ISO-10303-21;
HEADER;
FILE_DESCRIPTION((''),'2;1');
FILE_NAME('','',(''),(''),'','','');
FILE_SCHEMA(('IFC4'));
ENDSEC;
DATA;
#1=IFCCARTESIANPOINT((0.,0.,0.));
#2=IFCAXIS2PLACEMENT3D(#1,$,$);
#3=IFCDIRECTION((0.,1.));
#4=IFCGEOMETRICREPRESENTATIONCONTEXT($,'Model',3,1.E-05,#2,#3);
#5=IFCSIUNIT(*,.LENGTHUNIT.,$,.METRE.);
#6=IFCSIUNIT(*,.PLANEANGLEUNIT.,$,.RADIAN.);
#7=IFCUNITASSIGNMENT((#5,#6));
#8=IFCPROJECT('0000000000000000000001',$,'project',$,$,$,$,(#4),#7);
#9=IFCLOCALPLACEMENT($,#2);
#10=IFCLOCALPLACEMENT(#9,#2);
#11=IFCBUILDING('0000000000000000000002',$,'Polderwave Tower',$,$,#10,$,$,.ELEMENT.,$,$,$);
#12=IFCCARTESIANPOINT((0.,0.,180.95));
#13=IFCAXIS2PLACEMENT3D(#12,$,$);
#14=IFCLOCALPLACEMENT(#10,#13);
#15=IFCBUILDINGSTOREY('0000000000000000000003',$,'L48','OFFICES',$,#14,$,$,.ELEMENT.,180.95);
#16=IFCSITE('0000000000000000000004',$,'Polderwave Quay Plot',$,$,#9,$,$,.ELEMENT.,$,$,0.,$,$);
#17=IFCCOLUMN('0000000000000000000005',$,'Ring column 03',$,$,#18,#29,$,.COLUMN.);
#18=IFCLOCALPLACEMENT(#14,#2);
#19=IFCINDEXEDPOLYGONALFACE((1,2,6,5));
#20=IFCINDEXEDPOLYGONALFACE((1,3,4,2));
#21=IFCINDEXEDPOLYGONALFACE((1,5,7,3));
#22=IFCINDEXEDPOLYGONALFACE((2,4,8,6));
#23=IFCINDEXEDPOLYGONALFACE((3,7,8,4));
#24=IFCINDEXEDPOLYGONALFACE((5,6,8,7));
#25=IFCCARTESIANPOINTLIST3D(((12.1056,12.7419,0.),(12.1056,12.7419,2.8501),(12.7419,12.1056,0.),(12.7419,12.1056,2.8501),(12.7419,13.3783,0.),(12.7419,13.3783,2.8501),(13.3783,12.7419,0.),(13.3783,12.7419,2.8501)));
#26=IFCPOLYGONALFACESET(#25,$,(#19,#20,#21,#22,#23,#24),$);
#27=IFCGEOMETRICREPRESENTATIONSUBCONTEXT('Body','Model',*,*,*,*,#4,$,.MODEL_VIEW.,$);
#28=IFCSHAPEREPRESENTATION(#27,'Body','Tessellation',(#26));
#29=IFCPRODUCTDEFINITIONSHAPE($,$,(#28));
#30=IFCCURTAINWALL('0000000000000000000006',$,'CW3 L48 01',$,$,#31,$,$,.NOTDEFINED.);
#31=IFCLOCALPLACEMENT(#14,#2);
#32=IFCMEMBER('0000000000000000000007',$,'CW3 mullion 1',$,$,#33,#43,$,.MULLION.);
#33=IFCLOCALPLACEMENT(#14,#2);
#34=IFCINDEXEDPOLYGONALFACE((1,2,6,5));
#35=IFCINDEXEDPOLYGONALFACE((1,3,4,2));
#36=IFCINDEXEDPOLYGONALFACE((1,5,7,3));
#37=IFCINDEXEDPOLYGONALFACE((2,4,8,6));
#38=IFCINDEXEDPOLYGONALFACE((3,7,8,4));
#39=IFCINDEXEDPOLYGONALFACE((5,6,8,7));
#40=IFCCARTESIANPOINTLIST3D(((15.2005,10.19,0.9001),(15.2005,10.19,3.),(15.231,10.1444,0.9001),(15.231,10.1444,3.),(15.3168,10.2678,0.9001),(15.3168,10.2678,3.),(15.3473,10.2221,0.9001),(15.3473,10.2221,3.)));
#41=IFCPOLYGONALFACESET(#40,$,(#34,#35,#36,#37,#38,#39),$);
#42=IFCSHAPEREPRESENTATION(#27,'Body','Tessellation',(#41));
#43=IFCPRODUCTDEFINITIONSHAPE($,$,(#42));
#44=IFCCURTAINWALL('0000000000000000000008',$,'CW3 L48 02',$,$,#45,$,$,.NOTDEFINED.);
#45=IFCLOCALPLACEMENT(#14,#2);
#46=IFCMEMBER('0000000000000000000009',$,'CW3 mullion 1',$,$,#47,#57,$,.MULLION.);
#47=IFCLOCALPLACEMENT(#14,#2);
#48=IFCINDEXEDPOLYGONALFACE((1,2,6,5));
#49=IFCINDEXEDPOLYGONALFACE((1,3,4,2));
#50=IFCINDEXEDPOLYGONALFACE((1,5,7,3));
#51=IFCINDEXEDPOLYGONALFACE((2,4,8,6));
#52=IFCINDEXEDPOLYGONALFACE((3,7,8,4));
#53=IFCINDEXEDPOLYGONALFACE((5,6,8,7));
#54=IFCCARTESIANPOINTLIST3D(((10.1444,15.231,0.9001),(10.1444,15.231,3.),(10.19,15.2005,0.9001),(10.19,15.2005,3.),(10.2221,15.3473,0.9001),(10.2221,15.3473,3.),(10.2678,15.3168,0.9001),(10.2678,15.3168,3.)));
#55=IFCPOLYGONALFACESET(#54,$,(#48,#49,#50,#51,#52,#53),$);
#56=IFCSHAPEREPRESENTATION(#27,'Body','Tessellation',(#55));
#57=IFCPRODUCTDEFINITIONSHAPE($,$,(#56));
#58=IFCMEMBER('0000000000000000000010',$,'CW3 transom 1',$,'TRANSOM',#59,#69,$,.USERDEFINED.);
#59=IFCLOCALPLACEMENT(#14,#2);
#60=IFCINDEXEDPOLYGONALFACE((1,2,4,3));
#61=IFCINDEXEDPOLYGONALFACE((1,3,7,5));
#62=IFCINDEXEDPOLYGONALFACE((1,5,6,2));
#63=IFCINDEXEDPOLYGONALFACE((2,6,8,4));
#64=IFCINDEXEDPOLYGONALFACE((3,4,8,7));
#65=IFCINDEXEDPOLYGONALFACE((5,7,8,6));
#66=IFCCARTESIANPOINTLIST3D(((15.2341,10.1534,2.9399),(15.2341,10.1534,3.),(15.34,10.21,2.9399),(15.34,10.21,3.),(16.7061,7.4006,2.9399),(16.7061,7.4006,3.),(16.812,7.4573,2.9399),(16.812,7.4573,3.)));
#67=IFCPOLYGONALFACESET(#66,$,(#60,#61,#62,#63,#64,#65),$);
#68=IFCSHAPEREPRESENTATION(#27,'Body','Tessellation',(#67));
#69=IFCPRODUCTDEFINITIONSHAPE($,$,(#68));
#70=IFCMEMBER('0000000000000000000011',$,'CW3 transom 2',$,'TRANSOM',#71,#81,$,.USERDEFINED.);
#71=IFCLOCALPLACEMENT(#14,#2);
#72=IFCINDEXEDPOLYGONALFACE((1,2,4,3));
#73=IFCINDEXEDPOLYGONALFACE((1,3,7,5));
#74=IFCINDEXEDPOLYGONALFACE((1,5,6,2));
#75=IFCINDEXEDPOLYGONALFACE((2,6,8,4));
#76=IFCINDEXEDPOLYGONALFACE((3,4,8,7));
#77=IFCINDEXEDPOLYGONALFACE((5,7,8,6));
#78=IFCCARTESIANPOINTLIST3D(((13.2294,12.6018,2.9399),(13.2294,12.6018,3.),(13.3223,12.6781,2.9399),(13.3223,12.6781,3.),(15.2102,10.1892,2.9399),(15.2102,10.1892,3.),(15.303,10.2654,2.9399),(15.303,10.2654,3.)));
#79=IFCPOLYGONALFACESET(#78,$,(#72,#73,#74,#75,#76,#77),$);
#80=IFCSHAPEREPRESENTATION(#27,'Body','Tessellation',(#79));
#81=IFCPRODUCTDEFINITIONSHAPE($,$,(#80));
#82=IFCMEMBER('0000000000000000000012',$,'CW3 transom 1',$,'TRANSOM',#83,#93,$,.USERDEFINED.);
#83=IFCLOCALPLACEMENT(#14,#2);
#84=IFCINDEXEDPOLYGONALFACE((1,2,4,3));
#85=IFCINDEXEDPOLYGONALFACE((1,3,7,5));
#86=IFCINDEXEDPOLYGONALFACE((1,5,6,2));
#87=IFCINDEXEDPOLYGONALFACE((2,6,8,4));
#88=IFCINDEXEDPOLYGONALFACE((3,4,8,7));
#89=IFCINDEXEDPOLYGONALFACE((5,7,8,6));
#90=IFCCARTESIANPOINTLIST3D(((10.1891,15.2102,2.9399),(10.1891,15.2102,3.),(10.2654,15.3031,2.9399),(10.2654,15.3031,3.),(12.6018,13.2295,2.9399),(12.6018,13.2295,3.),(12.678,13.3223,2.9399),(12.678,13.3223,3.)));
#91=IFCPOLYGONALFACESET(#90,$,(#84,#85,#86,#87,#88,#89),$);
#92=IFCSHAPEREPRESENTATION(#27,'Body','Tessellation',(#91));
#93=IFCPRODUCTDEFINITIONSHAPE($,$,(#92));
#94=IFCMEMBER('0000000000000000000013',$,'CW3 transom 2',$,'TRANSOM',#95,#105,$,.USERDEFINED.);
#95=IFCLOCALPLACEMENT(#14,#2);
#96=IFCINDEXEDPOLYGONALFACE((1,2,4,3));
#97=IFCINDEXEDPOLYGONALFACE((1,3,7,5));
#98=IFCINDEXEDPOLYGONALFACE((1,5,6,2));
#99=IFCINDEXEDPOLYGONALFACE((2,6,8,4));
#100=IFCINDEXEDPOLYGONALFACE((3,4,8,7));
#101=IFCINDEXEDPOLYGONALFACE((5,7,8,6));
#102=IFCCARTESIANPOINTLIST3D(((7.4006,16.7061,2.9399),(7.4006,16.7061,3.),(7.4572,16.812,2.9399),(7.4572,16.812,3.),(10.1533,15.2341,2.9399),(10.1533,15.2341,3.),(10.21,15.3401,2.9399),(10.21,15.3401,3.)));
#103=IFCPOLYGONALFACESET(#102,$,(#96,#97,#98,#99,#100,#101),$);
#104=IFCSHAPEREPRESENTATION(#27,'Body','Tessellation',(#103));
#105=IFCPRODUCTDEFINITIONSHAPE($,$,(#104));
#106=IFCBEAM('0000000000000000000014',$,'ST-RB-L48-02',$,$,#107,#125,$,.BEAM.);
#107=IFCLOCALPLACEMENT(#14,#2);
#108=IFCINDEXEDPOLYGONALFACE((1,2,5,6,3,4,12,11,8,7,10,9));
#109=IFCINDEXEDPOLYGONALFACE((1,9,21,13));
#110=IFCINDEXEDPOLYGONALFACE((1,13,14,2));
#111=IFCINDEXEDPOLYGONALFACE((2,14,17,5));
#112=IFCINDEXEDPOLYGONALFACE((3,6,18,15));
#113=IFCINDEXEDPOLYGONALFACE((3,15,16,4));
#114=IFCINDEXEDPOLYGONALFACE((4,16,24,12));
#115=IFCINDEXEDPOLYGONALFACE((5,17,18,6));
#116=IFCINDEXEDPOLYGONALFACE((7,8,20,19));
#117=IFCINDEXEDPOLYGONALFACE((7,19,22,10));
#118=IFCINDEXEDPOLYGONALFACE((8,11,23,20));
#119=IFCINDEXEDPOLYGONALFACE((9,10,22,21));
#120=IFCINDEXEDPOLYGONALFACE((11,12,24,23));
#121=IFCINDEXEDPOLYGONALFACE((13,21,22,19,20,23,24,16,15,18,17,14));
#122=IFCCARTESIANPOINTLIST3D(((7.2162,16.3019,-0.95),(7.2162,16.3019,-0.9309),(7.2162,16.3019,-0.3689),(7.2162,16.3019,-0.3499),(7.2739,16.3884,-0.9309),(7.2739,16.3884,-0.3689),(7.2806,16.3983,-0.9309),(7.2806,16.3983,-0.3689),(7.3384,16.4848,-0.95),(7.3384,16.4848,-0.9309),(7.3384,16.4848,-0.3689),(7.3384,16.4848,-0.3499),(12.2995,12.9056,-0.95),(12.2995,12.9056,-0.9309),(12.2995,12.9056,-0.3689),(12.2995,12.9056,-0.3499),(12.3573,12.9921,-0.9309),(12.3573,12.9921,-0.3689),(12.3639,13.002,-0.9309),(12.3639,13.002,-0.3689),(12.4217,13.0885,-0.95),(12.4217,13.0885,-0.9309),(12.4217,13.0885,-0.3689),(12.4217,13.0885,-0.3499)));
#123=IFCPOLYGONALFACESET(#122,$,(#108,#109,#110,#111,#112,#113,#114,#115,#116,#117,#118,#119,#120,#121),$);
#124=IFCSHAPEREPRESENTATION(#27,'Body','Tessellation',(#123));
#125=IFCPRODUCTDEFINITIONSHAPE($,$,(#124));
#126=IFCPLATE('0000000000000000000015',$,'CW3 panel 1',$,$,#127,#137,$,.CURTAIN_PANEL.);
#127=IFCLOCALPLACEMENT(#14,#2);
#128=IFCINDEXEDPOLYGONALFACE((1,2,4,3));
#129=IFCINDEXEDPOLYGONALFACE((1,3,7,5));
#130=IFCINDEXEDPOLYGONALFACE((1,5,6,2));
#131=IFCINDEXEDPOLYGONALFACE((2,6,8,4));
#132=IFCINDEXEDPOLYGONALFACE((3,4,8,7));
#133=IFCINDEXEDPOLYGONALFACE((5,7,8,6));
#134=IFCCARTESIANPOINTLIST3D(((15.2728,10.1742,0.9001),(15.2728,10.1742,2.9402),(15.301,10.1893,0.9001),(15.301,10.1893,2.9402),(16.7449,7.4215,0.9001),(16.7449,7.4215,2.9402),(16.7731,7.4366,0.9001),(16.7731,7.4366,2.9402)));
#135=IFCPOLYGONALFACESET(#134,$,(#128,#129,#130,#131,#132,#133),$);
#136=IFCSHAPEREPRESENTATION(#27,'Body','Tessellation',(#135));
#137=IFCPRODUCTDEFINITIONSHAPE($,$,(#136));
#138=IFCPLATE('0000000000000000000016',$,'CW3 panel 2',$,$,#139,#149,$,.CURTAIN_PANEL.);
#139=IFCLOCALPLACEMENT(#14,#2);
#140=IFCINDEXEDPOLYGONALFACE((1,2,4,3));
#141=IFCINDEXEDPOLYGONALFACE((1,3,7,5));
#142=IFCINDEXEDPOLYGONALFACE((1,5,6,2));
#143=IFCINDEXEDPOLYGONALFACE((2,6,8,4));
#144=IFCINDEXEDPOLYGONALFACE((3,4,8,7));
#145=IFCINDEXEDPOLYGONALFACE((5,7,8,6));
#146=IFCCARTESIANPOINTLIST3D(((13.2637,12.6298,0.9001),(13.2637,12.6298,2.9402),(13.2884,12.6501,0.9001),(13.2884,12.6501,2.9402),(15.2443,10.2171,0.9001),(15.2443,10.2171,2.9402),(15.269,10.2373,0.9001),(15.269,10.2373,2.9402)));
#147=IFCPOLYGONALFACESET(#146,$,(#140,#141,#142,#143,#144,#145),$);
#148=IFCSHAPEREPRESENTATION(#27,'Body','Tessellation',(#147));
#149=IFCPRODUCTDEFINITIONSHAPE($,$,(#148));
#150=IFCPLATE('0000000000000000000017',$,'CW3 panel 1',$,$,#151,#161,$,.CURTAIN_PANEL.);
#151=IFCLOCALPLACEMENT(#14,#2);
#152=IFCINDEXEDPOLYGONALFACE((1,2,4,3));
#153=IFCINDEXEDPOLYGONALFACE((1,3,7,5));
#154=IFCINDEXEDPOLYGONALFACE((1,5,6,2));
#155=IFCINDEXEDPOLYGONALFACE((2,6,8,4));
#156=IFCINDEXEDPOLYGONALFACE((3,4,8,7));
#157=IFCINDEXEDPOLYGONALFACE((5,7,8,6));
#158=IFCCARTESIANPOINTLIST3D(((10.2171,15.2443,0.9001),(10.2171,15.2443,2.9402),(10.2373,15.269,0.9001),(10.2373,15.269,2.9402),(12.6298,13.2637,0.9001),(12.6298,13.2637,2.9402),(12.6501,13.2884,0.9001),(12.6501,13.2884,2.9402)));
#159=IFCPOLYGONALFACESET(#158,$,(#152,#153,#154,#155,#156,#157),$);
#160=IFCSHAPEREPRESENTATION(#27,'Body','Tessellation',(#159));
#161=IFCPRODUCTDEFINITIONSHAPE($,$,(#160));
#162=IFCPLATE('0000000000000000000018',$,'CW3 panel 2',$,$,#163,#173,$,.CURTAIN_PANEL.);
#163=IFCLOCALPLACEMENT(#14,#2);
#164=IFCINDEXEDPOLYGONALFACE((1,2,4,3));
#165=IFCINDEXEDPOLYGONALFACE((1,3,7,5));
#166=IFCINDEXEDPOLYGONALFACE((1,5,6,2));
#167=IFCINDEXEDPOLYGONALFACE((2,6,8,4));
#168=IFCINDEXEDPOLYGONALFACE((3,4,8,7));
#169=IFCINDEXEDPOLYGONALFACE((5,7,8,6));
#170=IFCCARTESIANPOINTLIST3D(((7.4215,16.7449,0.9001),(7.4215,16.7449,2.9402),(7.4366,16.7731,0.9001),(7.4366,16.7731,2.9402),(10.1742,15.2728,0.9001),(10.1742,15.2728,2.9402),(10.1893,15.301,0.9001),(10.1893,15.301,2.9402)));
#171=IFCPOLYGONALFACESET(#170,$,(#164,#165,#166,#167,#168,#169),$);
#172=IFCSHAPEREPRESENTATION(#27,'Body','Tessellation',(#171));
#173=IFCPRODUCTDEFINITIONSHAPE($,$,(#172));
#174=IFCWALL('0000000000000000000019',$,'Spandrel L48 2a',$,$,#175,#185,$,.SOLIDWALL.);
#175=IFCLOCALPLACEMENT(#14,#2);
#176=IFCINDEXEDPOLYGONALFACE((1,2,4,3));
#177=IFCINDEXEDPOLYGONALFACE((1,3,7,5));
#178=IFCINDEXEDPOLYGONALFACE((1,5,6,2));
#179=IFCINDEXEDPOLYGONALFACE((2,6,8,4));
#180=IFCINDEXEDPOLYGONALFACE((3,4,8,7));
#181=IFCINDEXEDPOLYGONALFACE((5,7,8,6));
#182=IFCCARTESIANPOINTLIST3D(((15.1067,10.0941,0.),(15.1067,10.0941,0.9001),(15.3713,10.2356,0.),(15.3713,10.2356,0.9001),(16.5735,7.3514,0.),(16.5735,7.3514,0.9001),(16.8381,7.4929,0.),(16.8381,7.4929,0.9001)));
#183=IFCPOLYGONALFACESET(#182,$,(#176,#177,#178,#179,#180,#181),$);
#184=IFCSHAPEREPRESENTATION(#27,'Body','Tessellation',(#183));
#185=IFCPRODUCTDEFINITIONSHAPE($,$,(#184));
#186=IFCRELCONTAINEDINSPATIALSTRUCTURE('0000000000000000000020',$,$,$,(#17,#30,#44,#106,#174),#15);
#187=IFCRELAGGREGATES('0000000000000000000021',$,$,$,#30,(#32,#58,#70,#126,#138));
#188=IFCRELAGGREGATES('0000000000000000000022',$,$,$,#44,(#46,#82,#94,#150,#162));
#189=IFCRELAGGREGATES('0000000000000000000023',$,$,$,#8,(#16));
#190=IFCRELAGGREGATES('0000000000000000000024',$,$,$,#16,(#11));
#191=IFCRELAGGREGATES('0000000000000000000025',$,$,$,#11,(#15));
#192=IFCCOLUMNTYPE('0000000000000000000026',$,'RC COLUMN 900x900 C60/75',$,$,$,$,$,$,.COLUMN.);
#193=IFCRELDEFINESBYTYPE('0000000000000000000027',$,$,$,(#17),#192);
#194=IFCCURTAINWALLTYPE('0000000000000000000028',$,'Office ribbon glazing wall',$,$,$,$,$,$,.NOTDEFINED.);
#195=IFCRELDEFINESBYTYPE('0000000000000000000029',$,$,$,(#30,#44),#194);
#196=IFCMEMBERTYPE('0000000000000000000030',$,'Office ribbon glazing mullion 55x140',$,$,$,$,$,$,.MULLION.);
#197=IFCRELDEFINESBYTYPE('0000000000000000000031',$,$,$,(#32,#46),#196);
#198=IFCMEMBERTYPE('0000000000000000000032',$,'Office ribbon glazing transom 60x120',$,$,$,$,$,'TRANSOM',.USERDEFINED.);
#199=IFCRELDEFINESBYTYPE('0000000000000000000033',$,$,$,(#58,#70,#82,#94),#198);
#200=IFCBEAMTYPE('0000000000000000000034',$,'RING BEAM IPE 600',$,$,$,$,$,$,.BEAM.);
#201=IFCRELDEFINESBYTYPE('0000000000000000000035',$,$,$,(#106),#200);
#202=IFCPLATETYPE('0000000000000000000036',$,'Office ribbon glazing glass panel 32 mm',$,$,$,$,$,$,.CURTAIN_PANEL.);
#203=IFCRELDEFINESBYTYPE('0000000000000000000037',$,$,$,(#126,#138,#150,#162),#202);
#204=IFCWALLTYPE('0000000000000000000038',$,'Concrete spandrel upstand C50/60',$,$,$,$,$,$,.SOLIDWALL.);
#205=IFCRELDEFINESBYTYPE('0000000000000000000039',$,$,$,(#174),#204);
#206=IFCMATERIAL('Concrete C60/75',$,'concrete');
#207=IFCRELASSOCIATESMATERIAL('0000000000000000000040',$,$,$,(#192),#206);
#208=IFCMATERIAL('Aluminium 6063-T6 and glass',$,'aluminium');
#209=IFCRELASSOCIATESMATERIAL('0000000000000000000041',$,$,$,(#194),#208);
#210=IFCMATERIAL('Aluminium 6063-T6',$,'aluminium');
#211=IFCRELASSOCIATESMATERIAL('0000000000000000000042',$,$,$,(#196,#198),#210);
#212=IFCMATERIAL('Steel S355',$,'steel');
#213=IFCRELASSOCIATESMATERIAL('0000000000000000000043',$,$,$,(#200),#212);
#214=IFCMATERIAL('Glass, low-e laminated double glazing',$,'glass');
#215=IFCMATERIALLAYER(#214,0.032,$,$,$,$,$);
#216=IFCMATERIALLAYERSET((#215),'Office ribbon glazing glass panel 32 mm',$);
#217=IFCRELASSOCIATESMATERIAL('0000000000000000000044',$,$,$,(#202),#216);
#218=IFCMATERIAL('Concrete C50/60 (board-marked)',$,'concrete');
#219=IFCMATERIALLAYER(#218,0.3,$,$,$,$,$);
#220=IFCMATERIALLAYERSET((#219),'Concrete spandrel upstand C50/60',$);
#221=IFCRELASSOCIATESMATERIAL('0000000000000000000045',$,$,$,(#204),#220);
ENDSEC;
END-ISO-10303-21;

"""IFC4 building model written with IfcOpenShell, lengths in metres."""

from ifc_helpers import new_model, si_unit, direction, frame, frame_2d, origin, origin_2d, place, context, subcontext, project, spatial, rectangle, i_section, extrude, material, layer, layer_set, material_profile, profile_set, type_object, element, aggregate, save


model = new_model("IFC4")

# Units and contexts
model_context = context("Model", 3, precision=1e-05, world=origin(), true_north=direction((0.0, 1.0)))
body_context = subcontext(model_context, "Body", "Model", "MODEL_VIEW")
ifc_project = project(units=[si_unit("LENGTHUNIT", "METRE"), si_unit("PLANEANGLEUNIT", "RADIAN")], contexts=[model_context])

# Site, building, storey
site_placement = place(None, origin())
site = spatial("IfcSite", under=ifc_project, at=site_placement, Name="Polderwave Quay Plot", CompositionType="ELEMENT", RefElevation=0.0)
building_placement = place(site_placement, origin())
building = spatial("IfcBuilding", under=site, at=building_placement, Name="Polderwave Tower", CompositionType="ELEMENT")
storey_placement = place(building_placement, frame((0.0, 0.0, 180.95)))
storey = spatial("IfcBuildingStorey", under=building, at=storey_placement, Name="L48", Description="OFFICES", CompositionType="ELEMENT", Elevation=180.95)

# Column
ifc_material_1 = material(Name="Concrete C60/75", Category="concrete")
ifc_material_profile_1 = material_profile(ifc_material_1, rectangle(XDim=0.8999, YDim=0.8999, at=origin_2d()), Name="RC 900x900")
ifc_profile_set_1 = profile_set([ifc_material_profile_1], Name="Concrete C60/75")
column_type = type_object("IfcColumnType", Name="RC COLUMN 900x900 C60/75", PredefinedType="COLUMN", material=ifc_profile_set_1)
column_placement = place(storey_placement, frame((12.7419, 12.7419, 0.0), z_axis=(0.0, 0.0, 1.0), x_axis=(0.707107, 0.707107, 0.0)))
element("IfcColumn", 1, at=column_placement, inside=storey, type_object=column_type, Name="Ring column 03", PredefinedType="COLUMN", context=body_context, shape_type="SweptSolid", body=[
    extrude(rectangle(XDim=0.8999, YDim=0.8999, at=origin_2d()), origin(), (0.0, 0.0, 1.0), 2.8501),
])

# Curtain walls, members
ifc_material_2 = material(Name="Aluminium 6063-T6 and glass", Category="aluminium")
curtain_wall_type = type_object("IfcCurtainWallType", Name="Office ribbon glazing wall", PredefinedType="NOTDEFINED", material=ifc_material_2)
curtain_wall_1_placement = place(storey_placement, origin())
curtain_wall_1 = element("IfcCurtainWall", 2, at=curtain_wall_1_placement, inside=storey, type_object=curtain_wall_type, Name="CW3 L48 01", PredefinedType="NOTDEFINED")
ifc_material_3 = material(Name="Aluminium 6063-T6", Category="aluminium")
ifc_material_profile_2 = material_profile(ifc_material_3, rectangle(XDim=0.1399, YDim=0.0549, at=origin_2d()), Name="AL 55x140")
ifc_profile_set_2 = profile_set([ifc_material_profile_2], Name="Aluminium 6063-T6")
member_type_1 = type_object("IfcMemberType", Name="Office ribbon glazing mullion 55x140", PredefinedType="MULLION", material=ifc_profile_set_2)
member_1_placement = place(storey_placement, frame((15.2739, 10.2061, 0.9001), z_axis=(0.0, 0.0, 1.0), x_axis=(-0.831386, -0.555695, 0.0)))
member_1 = element("IfcMember", 3, at=member_1_placement, type_object=member_type_1, Name="CW3 mullion 1", PredefinedType="MULLION", context=body_context, shape_type="SweptSolid", body=[
    extrude(rectangle(XDim=0.1399, YDim=0.0549, at=origin_2d()), origin(), (0.0, 0.0, 1.0), 2.0999),
])
curtain_wall_2_placement = place(storey_placement, origin())
curtain_wall_2 = element("IfcCurtainWall", 4, at=curtain_wall_2_placement, inside=storey, type_object=curtain_wall_type, Name="CW3 L48 02", PredefinedType="NOTDEFINED")
member_2_placement = place(storey_placement, frame((10.2061, 15.2739, 0.9001), z_axis=(0.0, 0.0, 1.0), x_axis=(-0.555695, -0.831386, 0.0)))
member_2 = element("IfcMember", 5, at=member_2_placement, type_object=member_type_1, Name="CW3 mullion 1", PredefinedType="MULLION", context=body_context, shape_type="SweptSolid", body=[
    extrude(rectangle(XDim=0.1399, YDim=0.0549, at=origin_2d()), origin(), (0.0, 0.0, 1.0), 2.0999),
])

# Members
ifc_material_profile_3 = material_profile(ifc_material_3, rectangle(XDim=0.1201, YDim=0.0601, at=origin_2d()), Name="AL 60x120")
ifc_profile_set_3 = profile_set([ifc_material_profile_3], Name="Aluminium 6063-T6")
member_type_2 = type_object("IfcMemberType", Name="Office ribbon glazing transom 60x120", ElementType="TRANSOM", PredefinedType="USERDEFINED", material=ifc_profile_set_3)
member_3_placement = place(storey_placement, frame((16.759, 7.429, 2.97), z_axis=(-0.471542, 0.881844, 0.0), x_axis=(-0.881844, -0.471542, 0.0)))
member_3 = element("IfcMember", 6, at=member_3_placement, type_object=member_type_2, Name="CW3 transom 1", ObjectType="TRANSOM", PredefinedType="USERDEFINED", context=body_context, shape_type="SweptSolid", body=[
    extrude(rectangle(XDim=0.1201, YDim=0.0601, at=origin_2d()), origin(), (0.0, 0.0, 1.0), 3.1216),
])
member_4_placement = place(storey_placement, frame((15.2566, 10.2273, 2.97), z_axis=(-0.634536, 0.772893, 0.0), x_axis=(-0.772893, -0.634536, 0.0)))
member_4 = element("IfcMember", 7, at=member_4_placement, type_object=member_type_2, Name="CW3 transom 2", ObjectType="TRANSOM", PredefinedType="USERDEFINED", context=body_context, shape_type="SweptSolid", body=[
    extrude(rectangle(XDim=0.1201, YDim=0.0601, at=origin_2d()), origin(), (0.0, 0.0, 1.0), 3.1216),
])
member_5_placement = place(storey_placement, frame((12.6399, 13.2759, 2.97), z_axis=(-0.772893, 0.634536, 0.0), x_axis=(-0.634536, -0.772893, 0.0)))
member_5 = element("IfcMember", 8, at=member_5_placement, type_object=member_type_2, Name="CW3 transom 1", ObjectType="TRANSOM", PredefinedType="USERDEFINED", context=body_context, shape_type="SweptSolid", body=[
    extrude(rectangle(XDim=0.1201, YDim=0.0601, at=origin_2d()), origin(), (0.0, 0.0, 1.0), 3.1216),
])
member_6_placement = place(storey_placement, frame((10.1816, 15.2871, 2.97), z_axis=(-0.881844, 0.471542, 0.0), x_axis=(-0.471542, -0.881844, 0.0)))
member_6 = element("IfcMember", 9, at=member_6_placement, type_object=member_type_2, Name="CW3 transom 2", ObjectType="TRANSOM", PredefinedType="USERDEFINED", context=body_context, shape_type="SweptSolid", body=[
    extrude(rectangle(XDim=0.1201, YDim=0.0601, at=origin_2d()), origin(), (0.0, 0.0, 1.0), 3.1216),
])

# Beam
ifc_material_4 = material(Name="Steel S355", Category="steel")
ifc_material_profile_4 = material_profile(ifc_material_4, i_section(OverallWidth=0.22, OverallDepth=0.6001, WebThickness=0.012, FlangeThickness=0.019, at=origin_2d()), Name="IPE 600")
ifc_profile_set_4 = profile_set([ifc_material_profile_4], Name="Steel S355")
beam_type = type_object("IfcBeamType", Name="RING BEAM IPE 600", PredefinedType="BEAM", material=ifc_profile_set_4)
beam_placement = place(storey_placement, frame((12.3606, 12.9971, -0.6499), z_axis=(-0.831491, 0.555539, 0.0), x_axis=(-0.555539, -0.831491, 0.0)))
element("IfcBeam", 10, at=beam_placement, inside=storey, type_object=beam_type, Name="ST-RB-L48-02", PredefinedType="BEAM", context=body_context, shape_type="SweptSolid", body=[
    extrude(i_section(OverallWidth=0.22, OverallDepth=0.6001, WebThickness=0.012, FlangeThickness=0.019, at=origin_2d()), origin(), (0.0, 0.0, 1.0), 6.1135),
])

# Plates
ifc_material_5 = material(Name="Glass, low-e laminated double glazing", Category="glass")
ifc_layer_1 = layer(ifc_material_5, 0.032)
ifc_layer_set_1 = layer_set([ifc_layer_1], Name="Office ribbon glazing glass panel 32 mm")
plate_type = type_object("IfcPlateType", Name="Office ribbon glazing glass panel 32 mm", PredefinedType="CURTAIN_PANEL", material=ifc_layer_set_1)
plate_1_placement = place(storey_placement, frame((16.0229, 8.8054, 0.9001), z_axis=(0.0, 0.0, 1.0), x_axis=(-0.47156, 0.881834, 0.0)))
plate_1 = element("IfcPlate", 11, at=plate_1_placement, type_object=plate_type, Name="CW3 panel 1", PredefinedType="CURTAIN_PANEL", context=body_context, shape_type="SweptSolid", body=[
    extrude(rectangle(XDim=3.1216, YDim=0.032, at=origin_2d()), origin(), (0.0, 0.0, 1.0), 2.04),
])
plate_2_placement = place(storey_placement, frame((14.2664, 11.4336, 0.9001), z_axis=(0.0, 0.0, 1.0), x_axis=(-0.634482, 0.772937, 0.0)))
plate_2 = element("IfcPlate", 12, at=plate_2_placement, type_object=plate_type, Name="CW3 panel 2", PredefinedType="CURTAIN_PANEL", context=body_context, shape_type="SweptSolid", body=[
    extrude(rectangle(XDim=3.1216, YDim=0.032, at=origin_2d()), origin(), (0.0, 0.0, 1.0), 2.04),
])
aggregate(curtain_wall_1, [member_1, member_3, member_4, plate_1, plate_2])
plate_3_placement = place(storey_placement, frame((11.4336, 14.2664, 0.9001), z_axis=(0.0, 0.0, 1.0), x_axis=(-0.772937, 0.634482, 0.0)))
plate_3 = element("IfcPlate", 13, at=plate_3_placement, type_object=plate_type, Name="CW3 panel 1", PredefinedType="CURTAIN_PANEL", context=body_context, shape_type="SweptSolid", body=[
    extrude(rectangle(XDim=3.1216, YDim=0.032, at=origin_2d()), origin(), (0.0, 0.0, 1.0), 2.04),
])
plate_4_placement = place(storey_placement, frame((8.8054, 16.0229, 0.9001), z_axis=(0.0, 0.0, 1.0), x_axis=(-0.881834, 0.47156, 0.0)))
plate_4 = element("IfcPlate", 14, at=plate_4_placement, type_object=plate_type, Name="CW3 panel 2", PredefinedType="CURTAIN_PANEL", context=body_context, shape_type="SweptSolid", body=[
    extrude(rectangle(XDim=3.1216, YDim=0.032, at=origin_2d()), origin(), (0.0, 0.0, 1.0), 2.04),
])
aggregate(curtain_wall_2, [member_2, member_5, member_6, plate_3, plate_4])

# Wall
ifc_material_6 = material(Name="Concrete C50/60 (board-marked)", Category="concrete")
ifc_layer_2 = layer(ifc_material_6, 0.3)
ifc_layer_set_2 = layer_set([ifc_layer_2], Name="Concrete spandrel upstand C50/60")
wall_type_1 = type_object("IfcWallType", Name="Concrete spandrel upstand C50/60", PredefinedType="SOLIDWALL", material=ifc_layer_set_2)
wall_1_placement = place(storey_placement, frame((16.7058, 7.4221, 0.0), z_axis=(0.0, 0.0, 1.0), x_axis=(-0.471598, 0.881813, 0.0)))
element("IfcWall", 15, at=wall_1_placement, inside=storey, type_object=wall_type_1, Name="Spandrel L48 2a", PredefinedType="SOLIDWALL", context=body_context, shape_type="SweptSolid", body=[
    extrude(rectangle(XDim=3.1104, YDim=0.3, at=frame_2d((1.5552, 0.0))), origin(), (0.0, 0.0, 1.0), 0.9001),
])

save(model, "model.ifc")
